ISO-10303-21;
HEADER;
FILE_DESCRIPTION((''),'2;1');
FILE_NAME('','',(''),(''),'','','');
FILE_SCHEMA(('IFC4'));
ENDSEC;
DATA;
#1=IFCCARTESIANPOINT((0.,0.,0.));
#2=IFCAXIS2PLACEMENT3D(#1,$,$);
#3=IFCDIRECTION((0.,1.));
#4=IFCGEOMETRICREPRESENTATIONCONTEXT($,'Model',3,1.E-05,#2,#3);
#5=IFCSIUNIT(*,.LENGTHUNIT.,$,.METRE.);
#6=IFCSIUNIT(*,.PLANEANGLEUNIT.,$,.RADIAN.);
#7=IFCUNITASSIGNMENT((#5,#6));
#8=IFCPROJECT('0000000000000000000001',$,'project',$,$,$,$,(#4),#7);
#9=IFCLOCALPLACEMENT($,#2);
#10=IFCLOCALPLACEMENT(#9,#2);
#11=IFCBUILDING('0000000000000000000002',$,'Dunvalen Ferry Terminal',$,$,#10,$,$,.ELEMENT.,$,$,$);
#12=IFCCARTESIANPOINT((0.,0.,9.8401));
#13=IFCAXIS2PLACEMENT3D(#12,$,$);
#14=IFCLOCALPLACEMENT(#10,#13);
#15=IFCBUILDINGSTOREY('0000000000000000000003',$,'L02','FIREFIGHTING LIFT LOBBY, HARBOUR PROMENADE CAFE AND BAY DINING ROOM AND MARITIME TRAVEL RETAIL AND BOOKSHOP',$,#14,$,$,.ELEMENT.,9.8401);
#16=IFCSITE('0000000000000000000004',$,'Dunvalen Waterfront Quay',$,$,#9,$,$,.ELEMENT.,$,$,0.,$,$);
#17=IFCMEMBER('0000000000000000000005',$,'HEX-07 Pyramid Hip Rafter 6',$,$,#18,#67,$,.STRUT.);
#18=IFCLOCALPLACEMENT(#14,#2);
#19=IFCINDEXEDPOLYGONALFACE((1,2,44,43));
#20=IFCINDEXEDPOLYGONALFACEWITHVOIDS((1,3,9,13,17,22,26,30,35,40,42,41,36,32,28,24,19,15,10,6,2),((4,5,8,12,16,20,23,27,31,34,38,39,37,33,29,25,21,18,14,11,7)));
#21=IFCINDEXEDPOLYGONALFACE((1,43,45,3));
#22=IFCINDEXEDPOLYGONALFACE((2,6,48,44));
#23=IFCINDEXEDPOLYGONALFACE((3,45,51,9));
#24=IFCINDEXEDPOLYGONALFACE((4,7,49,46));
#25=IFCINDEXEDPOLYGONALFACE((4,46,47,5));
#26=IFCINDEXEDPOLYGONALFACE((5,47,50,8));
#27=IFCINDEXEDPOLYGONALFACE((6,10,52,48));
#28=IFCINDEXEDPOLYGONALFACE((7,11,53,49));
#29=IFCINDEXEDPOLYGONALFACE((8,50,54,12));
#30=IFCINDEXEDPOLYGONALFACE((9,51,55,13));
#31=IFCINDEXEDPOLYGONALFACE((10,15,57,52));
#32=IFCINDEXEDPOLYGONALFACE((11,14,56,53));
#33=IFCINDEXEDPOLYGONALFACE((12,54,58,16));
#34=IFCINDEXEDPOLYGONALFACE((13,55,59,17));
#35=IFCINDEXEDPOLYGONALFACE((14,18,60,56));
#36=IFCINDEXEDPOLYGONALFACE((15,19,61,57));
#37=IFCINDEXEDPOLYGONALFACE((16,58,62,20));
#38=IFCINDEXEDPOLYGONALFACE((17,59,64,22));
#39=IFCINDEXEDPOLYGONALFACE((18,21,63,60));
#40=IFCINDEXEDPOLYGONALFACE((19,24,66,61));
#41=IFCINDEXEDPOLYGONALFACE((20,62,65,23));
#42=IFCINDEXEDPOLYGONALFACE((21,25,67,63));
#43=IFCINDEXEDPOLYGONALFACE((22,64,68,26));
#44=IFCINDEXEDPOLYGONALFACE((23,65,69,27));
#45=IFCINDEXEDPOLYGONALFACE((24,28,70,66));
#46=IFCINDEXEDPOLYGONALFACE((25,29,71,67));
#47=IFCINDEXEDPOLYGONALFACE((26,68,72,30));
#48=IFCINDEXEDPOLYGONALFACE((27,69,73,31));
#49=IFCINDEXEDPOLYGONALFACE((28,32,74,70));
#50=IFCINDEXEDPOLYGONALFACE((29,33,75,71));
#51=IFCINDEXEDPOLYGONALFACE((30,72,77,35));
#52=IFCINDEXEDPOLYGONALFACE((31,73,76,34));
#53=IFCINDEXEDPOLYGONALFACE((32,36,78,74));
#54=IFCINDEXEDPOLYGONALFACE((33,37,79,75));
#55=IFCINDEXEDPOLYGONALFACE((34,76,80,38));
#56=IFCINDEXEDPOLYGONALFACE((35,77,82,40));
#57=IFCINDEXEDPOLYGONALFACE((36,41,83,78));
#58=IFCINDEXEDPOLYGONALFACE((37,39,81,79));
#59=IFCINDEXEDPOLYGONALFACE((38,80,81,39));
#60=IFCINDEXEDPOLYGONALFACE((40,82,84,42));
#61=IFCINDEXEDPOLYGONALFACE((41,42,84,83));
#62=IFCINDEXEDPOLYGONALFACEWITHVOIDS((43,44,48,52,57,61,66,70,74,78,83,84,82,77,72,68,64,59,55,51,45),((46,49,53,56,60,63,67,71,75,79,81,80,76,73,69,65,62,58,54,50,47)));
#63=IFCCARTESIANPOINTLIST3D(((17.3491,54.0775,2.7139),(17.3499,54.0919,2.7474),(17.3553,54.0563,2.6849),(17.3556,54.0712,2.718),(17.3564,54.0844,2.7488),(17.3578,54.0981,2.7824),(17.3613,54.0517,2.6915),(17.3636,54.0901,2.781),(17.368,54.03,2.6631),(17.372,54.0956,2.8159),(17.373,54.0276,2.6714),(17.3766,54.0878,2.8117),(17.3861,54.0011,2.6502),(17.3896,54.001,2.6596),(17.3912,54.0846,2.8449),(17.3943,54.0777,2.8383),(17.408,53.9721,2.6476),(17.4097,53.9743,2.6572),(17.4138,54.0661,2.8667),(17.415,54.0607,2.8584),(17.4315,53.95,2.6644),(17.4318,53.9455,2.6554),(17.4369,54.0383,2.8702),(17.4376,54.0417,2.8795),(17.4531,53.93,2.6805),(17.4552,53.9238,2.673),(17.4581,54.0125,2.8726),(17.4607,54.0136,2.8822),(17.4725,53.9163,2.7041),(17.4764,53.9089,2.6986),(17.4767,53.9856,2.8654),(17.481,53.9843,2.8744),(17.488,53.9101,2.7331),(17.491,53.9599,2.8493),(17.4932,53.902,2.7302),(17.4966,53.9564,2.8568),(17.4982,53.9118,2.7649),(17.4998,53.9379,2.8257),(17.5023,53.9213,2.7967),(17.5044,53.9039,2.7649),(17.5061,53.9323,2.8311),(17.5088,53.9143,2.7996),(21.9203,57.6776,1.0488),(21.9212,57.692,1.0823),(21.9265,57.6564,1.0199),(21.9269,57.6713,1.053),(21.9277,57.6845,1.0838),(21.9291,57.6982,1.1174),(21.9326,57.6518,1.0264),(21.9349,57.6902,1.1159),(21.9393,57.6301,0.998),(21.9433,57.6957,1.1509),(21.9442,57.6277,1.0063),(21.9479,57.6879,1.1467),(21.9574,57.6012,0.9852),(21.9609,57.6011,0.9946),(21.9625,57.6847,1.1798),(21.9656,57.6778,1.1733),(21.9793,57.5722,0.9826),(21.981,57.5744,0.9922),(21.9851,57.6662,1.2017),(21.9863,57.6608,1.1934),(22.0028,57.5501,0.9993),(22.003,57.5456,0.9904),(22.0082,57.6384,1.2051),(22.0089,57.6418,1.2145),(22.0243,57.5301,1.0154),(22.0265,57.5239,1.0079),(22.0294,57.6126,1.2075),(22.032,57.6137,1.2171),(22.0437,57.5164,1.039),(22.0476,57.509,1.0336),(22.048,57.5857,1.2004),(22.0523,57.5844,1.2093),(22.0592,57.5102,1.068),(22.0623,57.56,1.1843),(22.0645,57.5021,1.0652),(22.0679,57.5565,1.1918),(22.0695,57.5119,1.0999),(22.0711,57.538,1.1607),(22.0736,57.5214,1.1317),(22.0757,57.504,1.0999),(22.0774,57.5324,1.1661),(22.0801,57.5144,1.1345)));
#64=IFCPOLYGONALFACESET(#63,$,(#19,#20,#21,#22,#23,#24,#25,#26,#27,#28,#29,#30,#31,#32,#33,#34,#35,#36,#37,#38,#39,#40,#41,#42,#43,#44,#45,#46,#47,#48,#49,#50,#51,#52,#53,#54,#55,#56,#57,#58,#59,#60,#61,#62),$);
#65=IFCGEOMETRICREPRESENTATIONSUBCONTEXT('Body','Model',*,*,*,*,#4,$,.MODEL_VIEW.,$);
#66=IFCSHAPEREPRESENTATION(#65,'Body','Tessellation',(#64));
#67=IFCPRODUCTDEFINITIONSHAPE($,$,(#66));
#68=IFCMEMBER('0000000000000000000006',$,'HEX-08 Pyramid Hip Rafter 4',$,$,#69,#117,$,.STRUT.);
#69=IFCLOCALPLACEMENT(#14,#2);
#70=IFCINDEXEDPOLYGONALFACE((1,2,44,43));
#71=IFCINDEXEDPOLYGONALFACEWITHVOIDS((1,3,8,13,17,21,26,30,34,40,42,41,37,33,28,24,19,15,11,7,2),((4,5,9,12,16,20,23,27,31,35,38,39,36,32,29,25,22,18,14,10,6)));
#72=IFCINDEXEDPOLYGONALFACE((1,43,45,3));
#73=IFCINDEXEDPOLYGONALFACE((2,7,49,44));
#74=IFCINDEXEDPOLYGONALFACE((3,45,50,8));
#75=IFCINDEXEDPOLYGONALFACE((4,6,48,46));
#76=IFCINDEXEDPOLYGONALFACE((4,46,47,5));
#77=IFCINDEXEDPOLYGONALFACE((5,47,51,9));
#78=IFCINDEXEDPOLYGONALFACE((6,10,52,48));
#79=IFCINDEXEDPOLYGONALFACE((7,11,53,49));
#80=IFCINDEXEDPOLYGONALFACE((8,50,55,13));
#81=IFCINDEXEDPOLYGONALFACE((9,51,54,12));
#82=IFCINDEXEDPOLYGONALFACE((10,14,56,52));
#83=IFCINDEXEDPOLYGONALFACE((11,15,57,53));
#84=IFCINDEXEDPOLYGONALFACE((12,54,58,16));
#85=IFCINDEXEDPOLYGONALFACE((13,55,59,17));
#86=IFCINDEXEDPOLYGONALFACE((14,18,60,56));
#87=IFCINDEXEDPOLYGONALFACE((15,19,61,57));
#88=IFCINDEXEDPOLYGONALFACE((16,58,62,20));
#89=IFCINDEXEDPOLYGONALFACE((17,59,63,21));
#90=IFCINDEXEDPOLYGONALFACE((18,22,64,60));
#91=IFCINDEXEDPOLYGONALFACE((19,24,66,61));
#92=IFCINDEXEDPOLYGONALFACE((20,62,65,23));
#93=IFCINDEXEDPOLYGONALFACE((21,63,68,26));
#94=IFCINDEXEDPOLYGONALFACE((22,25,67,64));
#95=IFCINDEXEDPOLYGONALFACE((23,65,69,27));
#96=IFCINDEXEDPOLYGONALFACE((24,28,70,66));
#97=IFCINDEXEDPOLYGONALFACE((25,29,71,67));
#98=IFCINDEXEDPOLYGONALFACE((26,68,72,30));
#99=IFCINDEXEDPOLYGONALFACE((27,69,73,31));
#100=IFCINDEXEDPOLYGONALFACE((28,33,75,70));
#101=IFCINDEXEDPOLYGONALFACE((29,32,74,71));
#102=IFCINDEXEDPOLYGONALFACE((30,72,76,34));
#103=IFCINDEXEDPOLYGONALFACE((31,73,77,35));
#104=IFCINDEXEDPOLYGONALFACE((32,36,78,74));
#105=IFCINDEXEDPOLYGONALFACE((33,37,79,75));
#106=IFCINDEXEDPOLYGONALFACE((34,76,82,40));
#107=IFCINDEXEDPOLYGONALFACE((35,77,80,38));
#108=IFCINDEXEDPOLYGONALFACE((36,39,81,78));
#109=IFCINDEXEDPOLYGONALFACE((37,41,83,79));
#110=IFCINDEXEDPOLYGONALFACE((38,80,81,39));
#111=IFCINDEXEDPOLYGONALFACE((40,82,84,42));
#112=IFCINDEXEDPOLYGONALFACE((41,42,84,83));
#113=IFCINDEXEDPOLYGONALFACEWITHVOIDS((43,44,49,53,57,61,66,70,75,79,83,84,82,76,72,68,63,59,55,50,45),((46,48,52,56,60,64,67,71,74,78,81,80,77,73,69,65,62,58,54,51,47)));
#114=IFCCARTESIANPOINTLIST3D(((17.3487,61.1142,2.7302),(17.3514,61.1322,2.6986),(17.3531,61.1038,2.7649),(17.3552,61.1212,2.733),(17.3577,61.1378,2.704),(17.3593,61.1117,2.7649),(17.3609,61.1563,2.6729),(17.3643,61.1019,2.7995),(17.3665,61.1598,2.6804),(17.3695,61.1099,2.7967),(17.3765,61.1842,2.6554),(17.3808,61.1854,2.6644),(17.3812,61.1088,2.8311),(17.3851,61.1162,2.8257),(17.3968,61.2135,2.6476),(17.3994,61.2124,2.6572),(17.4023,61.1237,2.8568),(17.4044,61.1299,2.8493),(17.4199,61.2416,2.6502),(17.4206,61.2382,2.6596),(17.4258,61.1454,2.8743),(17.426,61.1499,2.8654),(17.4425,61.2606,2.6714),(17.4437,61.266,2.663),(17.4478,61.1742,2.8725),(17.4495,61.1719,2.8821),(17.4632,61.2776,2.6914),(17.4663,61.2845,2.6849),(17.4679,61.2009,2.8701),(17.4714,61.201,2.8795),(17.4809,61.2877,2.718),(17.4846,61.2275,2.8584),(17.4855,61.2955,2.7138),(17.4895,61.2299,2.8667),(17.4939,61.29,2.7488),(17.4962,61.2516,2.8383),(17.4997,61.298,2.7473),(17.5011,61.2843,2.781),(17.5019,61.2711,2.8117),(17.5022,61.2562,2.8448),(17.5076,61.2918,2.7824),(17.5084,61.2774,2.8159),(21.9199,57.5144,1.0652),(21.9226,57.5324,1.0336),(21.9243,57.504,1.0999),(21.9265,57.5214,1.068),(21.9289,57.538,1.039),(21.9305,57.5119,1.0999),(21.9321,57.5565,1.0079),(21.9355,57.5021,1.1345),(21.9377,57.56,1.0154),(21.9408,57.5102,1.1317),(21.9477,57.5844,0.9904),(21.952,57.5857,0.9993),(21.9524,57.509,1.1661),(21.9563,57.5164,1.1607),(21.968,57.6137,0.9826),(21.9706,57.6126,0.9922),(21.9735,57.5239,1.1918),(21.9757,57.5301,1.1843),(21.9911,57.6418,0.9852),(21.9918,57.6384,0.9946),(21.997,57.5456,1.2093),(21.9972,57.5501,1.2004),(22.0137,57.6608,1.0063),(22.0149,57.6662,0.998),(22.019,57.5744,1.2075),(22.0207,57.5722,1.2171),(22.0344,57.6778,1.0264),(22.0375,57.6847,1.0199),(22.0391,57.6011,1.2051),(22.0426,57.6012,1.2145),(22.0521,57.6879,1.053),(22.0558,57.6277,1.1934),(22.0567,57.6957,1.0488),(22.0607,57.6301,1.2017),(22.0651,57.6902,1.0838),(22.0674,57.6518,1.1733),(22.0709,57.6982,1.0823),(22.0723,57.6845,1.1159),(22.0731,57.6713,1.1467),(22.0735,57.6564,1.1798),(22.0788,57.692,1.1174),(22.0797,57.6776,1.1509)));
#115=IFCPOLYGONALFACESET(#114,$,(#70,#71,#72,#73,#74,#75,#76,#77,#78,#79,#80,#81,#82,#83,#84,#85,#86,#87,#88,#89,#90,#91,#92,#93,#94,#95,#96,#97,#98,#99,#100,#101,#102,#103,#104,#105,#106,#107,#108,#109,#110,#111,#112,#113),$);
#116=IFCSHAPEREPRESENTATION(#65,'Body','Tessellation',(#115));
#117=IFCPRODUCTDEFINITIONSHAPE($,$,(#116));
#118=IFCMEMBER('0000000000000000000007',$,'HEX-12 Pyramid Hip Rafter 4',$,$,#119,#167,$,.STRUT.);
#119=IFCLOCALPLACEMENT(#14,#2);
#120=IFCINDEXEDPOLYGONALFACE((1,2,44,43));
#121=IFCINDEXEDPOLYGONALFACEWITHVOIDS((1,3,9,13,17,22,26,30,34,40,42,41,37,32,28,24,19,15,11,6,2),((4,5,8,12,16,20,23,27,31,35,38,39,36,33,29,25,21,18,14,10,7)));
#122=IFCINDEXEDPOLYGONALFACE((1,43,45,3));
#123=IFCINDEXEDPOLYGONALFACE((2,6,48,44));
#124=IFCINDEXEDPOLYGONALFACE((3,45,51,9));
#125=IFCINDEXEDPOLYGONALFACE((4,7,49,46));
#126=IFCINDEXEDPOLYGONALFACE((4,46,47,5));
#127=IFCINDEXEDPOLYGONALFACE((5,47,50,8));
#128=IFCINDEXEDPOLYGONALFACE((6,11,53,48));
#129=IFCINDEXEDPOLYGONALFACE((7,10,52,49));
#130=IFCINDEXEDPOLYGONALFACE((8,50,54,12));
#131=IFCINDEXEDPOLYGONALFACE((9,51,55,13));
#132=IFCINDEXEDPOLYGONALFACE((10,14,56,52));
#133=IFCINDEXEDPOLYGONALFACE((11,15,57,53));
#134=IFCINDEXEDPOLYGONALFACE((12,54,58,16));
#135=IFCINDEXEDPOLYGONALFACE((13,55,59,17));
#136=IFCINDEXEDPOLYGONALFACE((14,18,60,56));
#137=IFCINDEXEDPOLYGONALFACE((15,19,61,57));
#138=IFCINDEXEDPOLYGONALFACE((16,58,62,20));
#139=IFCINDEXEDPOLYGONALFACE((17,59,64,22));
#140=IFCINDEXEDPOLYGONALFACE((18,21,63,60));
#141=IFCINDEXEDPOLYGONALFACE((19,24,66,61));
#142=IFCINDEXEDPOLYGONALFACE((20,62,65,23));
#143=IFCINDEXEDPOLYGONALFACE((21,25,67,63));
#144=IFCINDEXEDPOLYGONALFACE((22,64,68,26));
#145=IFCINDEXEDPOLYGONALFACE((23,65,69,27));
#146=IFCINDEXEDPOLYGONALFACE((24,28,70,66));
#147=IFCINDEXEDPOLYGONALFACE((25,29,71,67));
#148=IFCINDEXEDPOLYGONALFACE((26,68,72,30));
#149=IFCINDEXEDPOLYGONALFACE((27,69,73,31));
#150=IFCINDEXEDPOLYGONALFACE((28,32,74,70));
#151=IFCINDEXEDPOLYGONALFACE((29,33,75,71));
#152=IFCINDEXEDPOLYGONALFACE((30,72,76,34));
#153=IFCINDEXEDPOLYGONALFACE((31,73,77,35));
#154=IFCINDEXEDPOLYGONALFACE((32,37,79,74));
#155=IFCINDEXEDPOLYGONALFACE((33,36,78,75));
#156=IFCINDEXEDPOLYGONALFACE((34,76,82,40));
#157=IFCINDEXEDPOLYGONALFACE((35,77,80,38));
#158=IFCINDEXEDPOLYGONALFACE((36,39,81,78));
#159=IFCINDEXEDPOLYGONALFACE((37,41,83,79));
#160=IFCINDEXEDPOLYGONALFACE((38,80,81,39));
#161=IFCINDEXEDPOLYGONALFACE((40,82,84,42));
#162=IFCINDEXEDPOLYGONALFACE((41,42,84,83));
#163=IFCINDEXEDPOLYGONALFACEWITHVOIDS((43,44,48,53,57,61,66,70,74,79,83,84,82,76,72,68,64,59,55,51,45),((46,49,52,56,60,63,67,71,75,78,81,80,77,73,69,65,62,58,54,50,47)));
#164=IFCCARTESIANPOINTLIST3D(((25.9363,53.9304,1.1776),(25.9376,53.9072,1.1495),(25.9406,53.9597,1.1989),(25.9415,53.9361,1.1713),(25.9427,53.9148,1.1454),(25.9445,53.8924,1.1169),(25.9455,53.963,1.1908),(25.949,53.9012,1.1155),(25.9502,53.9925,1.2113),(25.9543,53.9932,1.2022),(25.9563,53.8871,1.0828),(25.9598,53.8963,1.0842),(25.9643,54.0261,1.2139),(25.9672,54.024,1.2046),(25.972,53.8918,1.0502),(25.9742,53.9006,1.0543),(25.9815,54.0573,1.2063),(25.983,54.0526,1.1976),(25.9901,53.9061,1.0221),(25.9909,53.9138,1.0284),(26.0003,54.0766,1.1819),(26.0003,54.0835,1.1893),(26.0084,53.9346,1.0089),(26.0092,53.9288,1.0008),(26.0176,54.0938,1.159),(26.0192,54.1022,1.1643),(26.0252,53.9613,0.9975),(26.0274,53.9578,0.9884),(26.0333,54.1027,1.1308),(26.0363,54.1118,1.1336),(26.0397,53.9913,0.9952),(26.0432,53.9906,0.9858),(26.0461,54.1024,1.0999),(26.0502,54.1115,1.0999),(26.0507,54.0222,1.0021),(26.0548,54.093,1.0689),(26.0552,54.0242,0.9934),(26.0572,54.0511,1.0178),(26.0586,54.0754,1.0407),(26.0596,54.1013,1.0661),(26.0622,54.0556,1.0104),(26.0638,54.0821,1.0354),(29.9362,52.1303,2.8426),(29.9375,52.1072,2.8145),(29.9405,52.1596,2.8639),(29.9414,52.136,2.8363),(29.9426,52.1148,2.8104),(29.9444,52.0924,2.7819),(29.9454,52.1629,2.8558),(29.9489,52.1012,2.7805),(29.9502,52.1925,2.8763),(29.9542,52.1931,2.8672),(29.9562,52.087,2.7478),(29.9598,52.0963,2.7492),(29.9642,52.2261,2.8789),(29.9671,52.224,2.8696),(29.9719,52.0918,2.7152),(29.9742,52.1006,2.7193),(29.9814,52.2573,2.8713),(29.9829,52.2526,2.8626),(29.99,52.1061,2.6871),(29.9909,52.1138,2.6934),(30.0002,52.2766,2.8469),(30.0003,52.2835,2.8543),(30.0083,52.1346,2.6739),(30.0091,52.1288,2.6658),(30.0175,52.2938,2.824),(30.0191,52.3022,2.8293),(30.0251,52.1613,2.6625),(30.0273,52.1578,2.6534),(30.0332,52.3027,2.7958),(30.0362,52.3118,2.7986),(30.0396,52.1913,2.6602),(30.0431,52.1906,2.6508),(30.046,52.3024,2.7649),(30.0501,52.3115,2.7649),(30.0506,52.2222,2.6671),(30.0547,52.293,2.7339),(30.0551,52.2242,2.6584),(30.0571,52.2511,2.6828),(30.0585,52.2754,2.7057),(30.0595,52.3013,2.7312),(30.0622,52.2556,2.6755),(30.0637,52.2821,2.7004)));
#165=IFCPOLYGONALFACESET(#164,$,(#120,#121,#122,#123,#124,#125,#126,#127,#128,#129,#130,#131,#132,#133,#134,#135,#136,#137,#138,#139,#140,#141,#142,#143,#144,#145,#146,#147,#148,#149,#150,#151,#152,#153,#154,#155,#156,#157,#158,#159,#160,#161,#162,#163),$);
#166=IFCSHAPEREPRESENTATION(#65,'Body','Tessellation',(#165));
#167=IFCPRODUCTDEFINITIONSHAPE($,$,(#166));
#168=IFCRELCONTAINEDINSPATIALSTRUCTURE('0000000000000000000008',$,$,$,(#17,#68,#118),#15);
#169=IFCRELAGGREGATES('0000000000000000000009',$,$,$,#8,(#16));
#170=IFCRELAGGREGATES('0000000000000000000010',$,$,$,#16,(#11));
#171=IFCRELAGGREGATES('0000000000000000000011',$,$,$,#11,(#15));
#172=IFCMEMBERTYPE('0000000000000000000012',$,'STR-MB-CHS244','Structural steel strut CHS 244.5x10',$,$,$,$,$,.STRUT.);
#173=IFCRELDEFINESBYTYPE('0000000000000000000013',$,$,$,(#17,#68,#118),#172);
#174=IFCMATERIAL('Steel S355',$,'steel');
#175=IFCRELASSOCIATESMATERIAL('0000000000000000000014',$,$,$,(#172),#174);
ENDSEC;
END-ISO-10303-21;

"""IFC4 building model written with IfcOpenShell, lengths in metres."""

from ifc_helpers import new_model, si_unit, direction, frame, origin, origin_2d, place, context, subcontext, project, spatial, hollow_circle, extrude, material, material_profile, profile_set, type_object, element, save


model = new_model("IFC4")

# Units and contexts
model_context = context("Model", 3, precision=1e-05, world=origin(), true_north=direction((0.0, 1.0)))
body_context = subcontext(model_context, "Body", "Model", "MODEL_VIEW")
ifc_project = project(units=[si_unit("LENGTHUNIT", "METRE"), si_unit("PLANEANGLEUNIT", "RADIAN")], contexts=[model_context])

# Site, building, storey
site_placement = place(None, origin())
site = spatial("IfcSite", under=ifc_project, at=site_placement, Name="Dunvalen Waterfront Quay", CompositionType="ELEMENT", RefElevation=0.0)
building_placement = place(site_placement, origin())
building = spatial("IfcBuilding", under=site, at=building_placement, Name="Dunvalen Ferry Terminal", CompositionType="ELEMENT")
storey_placement = place(building_placement, frame((0.0, 0.0, 9.8401)))
storey = spatial("IfcBuildingStorey", under=building, at=storey_placement, Name="L02", Description="FIREFIGHTING LIFT LOBBY, HARBOUR PROMENADE CAFE AND BAY DINING ROOM AND MARITIME TRAVEL RETAIL AND BOOKSHOP", CompositionType="ELEMENT", Elevation=9.8401)

# Shared definitions
ifc_material_1 = material(Name="Steel S355", Category="steel")

# Members
ifc_material_profile_1 = material_profile(ifc_material_1, hollow_circle(Radius=0.1223, WallThickness=0.01, at=origin_2d()), Name="Steel S355")
ifc_profile_set_1 = profile_set([ifc_material_profile_1], Name="Steel S355")
member_type_1 = type_object("IfcMemberType", Name="STR-MB-CHS244", Description="Structural steel strut CHS 244.5x10", PredefinedType="STRUT", material=ifc_profile_set_1)
member_1_placement = place(storey_placement, frame((22.0, 57.6001, 1.0999), z_axis=(-0.755304, -0.594836, 0.275111), x_axis=(0.618711, -0.785619, 0.0)))
element("IfcMember", 1, at=member_1_placement, inside=storey, type_object=member_type_1, Name="HEX-07 Pyramid Hip Rafter 6", PredefinedType="STRUT", context=body_context, shape_type="SweptSolid", body=[
    extrude(hollow_circle(Radius=0.1223, WallThickness=0.01, at=origin_2d()), origin(), (0.0, 0.0, 1.0), 6.0522),
])
member_2_placement = place(storey_placement, frame((22.0, 57.6001, 1.0999), z_axis=(-0.755322, 0.59481, 0.275117), x_axis=(-0.618685, -0.785639, 0.0)))
element("IfcMember", 2, at=member_2_placement, inside=storey, type_object=member_type_1, Name="HEX-08 Pyramid Hip Rafter 4", PredefinedType="STRUT", context=body_context, shape_type="SweptSolid", body=[
    extrude(hollow_circle(Radius=0.1223, WallThickness=0.01, at=origin_2d()), origin(), (0.0, 0.0, 1.0), 6.052),
])
member_3_placement = place(storey_placement, frame((26.0, 54.0, 1.0999), z_axis=(0.85256, -0.383662, 0.354886), x_axis=(0.410374, 0.911917, 0.0)))
element("IfcMember", 3, at=member_3_placement, inside=storey, type_object=member_type_1, Name="HEX-12 Pyramid Hip Rafter 4", PredefinedType="STRUT", context=body_context, shape_type="SweptSolid", body=[
    extrude(hollow_circle(Radius=0.1223, WallThickness=0.01, at=origin_2d()), origin(), (0.0, 0.0, 1.0), 4.6917),
])

save(model, "model.ifc")
